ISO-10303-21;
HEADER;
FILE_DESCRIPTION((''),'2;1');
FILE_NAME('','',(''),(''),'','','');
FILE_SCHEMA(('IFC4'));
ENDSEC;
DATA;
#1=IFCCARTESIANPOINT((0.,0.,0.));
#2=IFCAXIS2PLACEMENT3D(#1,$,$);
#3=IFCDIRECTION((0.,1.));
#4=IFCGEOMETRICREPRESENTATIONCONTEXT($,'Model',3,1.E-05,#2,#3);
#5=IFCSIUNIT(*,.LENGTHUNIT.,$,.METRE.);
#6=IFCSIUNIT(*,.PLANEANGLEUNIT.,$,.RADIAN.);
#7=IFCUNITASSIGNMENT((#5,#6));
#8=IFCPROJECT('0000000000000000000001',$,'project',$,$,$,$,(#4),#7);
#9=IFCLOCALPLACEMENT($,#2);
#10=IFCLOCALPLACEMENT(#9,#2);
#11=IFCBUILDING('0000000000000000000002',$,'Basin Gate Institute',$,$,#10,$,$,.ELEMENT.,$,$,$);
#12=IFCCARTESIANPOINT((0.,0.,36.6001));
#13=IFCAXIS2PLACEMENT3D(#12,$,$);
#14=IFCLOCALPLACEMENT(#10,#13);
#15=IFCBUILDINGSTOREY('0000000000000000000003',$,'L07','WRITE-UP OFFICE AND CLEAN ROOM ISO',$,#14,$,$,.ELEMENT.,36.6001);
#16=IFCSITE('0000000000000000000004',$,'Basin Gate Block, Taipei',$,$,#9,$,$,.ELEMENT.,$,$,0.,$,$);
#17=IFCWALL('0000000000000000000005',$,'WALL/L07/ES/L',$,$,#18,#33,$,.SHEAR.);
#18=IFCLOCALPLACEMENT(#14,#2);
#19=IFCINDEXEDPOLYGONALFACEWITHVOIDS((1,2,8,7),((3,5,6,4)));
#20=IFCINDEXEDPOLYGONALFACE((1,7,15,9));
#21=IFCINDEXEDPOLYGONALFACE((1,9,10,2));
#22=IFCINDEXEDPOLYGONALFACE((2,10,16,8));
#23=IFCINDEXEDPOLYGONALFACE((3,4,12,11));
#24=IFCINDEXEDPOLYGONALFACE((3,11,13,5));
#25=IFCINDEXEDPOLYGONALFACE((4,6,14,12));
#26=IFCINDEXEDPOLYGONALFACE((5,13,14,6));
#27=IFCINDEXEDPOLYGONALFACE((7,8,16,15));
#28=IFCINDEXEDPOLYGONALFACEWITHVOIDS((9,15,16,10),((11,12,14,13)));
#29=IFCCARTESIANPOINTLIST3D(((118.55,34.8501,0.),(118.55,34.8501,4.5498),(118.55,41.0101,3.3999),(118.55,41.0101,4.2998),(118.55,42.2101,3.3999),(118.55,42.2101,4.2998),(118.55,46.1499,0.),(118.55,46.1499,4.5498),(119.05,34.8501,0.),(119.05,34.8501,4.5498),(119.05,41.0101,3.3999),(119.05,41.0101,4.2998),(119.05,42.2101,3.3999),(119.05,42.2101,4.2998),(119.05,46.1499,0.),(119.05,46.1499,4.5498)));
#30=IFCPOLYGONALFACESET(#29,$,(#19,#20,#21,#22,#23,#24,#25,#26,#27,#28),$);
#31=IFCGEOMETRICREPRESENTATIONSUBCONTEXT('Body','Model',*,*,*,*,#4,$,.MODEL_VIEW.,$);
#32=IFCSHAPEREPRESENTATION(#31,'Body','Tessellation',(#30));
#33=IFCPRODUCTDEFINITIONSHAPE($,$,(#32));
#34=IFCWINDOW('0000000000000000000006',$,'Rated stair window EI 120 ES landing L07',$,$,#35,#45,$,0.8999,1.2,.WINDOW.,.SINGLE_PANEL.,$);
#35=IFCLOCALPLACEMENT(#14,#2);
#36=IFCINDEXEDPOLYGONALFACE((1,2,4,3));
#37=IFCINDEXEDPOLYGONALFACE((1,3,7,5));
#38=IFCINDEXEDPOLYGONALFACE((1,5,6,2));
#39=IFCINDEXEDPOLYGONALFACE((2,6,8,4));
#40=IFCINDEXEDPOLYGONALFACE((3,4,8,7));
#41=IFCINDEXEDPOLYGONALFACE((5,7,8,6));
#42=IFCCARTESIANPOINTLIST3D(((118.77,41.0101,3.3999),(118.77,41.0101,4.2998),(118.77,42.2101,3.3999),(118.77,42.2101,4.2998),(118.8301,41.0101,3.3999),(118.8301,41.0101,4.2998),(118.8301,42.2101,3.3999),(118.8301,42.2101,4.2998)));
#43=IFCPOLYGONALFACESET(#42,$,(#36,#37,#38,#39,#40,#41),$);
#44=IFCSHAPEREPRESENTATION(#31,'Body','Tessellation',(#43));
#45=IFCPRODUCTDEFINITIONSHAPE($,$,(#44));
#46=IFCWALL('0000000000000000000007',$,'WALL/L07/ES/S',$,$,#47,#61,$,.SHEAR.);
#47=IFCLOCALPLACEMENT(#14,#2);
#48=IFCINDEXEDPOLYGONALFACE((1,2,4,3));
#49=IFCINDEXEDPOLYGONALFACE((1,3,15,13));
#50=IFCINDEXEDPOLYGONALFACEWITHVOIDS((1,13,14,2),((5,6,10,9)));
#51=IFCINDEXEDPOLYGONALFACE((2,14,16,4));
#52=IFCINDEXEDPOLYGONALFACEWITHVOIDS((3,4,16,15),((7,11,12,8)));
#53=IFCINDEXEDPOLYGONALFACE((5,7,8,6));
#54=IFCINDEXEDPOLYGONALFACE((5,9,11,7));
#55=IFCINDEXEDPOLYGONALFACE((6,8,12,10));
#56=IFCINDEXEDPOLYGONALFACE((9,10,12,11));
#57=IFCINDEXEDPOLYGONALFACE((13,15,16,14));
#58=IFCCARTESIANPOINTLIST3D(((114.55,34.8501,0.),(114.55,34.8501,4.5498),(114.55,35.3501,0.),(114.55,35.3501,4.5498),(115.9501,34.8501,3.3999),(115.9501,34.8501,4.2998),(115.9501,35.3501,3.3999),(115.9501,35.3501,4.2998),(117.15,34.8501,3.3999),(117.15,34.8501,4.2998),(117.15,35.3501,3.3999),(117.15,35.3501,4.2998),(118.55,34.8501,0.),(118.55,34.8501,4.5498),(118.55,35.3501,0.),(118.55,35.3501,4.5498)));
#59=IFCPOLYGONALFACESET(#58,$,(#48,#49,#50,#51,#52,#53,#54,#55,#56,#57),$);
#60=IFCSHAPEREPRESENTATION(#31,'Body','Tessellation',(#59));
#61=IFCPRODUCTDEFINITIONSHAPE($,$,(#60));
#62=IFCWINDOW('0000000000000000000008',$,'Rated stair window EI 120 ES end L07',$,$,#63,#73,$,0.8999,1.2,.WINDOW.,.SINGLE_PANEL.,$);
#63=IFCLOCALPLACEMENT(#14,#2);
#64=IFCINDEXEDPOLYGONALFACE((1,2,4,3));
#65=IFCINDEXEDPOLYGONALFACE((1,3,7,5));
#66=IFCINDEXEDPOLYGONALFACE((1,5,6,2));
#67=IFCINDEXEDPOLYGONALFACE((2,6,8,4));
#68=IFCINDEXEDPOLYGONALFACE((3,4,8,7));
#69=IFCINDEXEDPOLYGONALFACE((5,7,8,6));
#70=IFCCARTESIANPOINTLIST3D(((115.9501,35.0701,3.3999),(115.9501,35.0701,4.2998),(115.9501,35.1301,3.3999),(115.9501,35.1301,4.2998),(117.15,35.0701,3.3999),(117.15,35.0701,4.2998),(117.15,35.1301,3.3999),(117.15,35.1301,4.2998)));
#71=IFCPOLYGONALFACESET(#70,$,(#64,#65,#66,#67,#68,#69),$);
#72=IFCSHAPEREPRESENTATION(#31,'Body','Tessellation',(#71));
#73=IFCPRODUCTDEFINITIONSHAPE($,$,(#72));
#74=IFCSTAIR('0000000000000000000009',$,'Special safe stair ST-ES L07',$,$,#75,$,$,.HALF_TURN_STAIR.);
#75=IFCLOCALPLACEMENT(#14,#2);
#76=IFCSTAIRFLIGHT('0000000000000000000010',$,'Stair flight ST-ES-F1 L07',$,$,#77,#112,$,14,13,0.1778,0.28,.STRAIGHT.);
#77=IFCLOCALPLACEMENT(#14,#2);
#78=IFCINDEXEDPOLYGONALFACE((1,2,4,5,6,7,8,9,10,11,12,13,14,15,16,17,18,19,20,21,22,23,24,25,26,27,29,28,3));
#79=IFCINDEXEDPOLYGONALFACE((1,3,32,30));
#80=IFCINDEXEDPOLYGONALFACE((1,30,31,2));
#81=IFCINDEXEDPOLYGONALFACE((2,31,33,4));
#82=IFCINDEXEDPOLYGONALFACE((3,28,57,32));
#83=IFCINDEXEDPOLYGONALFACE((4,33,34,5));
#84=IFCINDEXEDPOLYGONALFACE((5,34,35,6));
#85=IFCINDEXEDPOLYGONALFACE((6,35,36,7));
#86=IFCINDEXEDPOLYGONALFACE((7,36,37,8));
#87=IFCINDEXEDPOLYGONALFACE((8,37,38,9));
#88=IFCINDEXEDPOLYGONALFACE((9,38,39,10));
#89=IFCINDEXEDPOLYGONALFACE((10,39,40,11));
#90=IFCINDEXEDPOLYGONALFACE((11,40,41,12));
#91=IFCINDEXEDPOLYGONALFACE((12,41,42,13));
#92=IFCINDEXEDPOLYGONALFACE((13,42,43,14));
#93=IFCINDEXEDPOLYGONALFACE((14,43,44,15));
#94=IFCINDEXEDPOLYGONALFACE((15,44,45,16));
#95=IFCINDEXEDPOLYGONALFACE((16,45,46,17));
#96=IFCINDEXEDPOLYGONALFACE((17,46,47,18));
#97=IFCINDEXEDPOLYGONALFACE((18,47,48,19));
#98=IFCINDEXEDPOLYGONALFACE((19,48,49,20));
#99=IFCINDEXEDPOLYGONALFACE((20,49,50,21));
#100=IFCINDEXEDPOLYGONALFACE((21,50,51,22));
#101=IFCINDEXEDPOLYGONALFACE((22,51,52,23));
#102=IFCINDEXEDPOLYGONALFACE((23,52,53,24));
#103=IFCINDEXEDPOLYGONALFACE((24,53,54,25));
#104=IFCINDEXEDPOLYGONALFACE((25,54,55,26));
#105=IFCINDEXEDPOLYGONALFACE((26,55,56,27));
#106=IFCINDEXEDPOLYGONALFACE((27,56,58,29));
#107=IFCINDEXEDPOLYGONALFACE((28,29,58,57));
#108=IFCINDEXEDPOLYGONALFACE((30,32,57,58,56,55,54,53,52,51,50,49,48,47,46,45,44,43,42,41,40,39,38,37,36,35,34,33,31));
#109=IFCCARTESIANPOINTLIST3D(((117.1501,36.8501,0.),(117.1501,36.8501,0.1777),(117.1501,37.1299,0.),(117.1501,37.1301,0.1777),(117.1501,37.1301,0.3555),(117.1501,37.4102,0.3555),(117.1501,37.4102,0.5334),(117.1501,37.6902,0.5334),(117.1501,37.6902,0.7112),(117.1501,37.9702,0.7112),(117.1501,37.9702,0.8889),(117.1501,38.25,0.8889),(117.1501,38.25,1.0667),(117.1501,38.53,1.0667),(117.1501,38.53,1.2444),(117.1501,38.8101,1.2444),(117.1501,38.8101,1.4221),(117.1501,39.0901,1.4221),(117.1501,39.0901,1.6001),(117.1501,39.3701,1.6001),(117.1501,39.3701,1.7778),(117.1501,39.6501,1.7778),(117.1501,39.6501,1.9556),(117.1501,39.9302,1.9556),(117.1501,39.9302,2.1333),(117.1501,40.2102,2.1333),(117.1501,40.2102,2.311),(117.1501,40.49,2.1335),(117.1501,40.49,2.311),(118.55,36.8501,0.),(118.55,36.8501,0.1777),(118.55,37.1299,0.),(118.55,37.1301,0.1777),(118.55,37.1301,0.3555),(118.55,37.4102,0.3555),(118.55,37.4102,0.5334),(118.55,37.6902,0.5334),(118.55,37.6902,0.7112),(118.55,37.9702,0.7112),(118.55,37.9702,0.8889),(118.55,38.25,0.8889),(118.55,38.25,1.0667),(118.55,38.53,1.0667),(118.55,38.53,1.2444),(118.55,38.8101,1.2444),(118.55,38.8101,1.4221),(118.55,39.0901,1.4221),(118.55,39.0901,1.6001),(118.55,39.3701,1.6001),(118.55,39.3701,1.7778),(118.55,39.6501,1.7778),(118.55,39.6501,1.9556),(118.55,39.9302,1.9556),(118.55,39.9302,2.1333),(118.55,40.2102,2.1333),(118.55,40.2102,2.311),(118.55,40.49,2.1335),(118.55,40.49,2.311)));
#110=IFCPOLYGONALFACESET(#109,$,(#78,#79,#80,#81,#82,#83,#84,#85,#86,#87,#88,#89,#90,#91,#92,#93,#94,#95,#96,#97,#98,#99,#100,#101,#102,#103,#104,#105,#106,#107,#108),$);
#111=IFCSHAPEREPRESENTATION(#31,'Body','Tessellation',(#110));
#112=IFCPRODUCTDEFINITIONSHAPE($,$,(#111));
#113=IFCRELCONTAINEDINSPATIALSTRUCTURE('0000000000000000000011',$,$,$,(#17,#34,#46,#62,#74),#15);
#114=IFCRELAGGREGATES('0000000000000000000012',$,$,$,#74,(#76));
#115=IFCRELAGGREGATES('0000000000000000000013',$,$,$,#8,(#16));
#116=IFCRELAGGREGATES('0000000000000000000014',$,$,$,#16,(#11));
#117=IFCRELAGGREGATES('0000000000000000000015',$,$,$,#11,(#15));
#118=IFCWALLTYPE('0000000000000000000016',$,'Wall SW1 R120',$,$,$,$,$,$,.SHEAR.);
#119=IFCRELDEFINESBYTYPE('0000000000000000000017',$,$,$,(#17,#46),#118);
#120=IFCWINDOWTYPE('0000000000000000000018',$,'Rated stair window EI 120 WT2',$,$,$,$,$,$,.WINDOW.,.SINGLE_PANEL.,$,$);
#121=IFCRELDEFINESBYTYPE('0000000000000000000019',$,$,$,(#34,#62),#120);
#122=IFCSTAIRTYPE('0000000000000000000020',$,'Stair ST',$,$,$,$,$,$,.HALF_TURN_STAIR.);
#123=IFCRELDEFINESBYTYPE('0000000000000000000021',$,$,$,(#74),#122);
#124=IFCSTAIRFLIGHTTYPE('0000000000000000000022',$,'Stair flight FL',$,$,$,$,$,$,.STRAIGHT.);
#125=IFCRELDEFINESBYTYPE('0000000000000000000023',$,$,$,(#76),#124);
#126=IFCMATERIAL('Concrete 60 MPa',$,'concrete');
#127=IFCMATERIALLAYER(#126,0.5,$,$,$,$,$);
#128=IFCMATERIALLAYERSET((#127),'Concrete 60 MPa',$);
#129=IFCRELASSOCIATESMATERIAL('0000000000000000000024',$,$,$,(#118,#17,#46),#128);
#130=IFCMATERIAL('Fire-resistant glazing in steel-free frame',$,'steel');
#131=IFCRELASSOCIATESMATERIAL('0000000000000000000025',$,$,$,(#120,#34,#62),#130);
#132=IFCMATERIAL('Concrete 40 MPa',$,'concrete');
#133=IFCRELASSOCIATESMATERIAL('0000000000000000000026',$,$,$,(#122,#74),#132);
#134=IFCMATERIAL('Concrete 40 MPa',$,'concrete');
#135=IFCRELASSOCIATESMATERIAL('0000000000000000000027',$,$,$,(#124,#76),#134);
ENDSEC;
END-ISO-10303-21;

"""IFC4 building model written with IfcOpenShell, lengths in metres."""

from ifc_helpers import new_model, si_unit, direction, frame, frame_2d, origin, place, context, subcontext, project, spatial, polyline, rectangle, outline, extrude, material, layer, layer_set, type_object, element, fill, aggregate, save


model = new_model("IFC4")

# Units and contexts
model_context = context("Model", 3, precision=1e-05, world=origin(), true_north=direction((0.0, 1.0)))
body_context = subcontext(model_context, "Body", "Model", "MODEL_VIEW")
ifc_project = project(units=[si_unit("LENGTHUNIT", "METRE"), si_unit("PLANEANGLEUNIT", "RADIAN")], contexts=[model_context])

# Site, building, storey
site_placement = place(None, origin())
site = spatial("IfcSite", under=ifc_project, at=site_placement, Name="Basin Gate Block, Taipei", CompositionType="ELEMENT", RefElevation=0.0)
building_placement = place(site_placement, origin())
building = spatial("IfcBuilding", under=site, at=building_placement, Name="Basin Gate Institute", CompositionType="ELEMENT")
storey_placement = place(building_placement, frame((0.0, 0.0, 36.6001)))
storey = spatial("IfcBuildingStorey", under=building, at=storey_placement, Name="L07", Description="WRITE-UP OFFICE AND CLEAN ROOM ISO", CompositionType="ELEMENT", Elevation=36.6001)

# Walls, openings, windows
ifc_material_1 = material(Name="Concrete 60 MPa", Category="concrete")
ifc_layer_1 = layer(ifc_material_1, 0.5)
ifc_layer_set_1 = layer_set([ifc_layer_1], Name="Concrete 60 MPa")
wall_type_1 = type_object("IfcWallType", Name="Wall SW1 R120", PredefinedType="SHEAR", material=ifc_layer_set_1)
wall_1_placement = place(storey_placement, frame((118.8, 34.8501, 0.0), z_axis=(0.0, 0.0, 1.0), x_axis=(0.0, 1.0, 0.0)))
wall_1 = element("IfcWall", 1, at=wall_1_placement, inside=storey, type_object=wall_type_1, material=ifc_layer_set_1, Name="WALL/L07/ES/L", PredefinedType="SHEAR", context=body_context, shape_type="SweptSolid", body=[
    extrude(rectangle(XDim=11.2998, YDim=0.5, at=frame_2d((5.6499, 0.0))), origin(), (0.0, 0.0, 1.0), 4.5498),
])
opening_1_placement = place(wall_1_placement, frame((6.1599, 0.0, 3.3999)))
opening_1 = element("IfcOpeningElement", 2, at=opening_1_placement, cuts=wall_1, PredefinedType="OPENING", context=body_context, shape_type="SweptSolid", body=[
    extrude(rectangle(XDim=1.2, YDim=0.8999, at=frame_2d((0.6001, 0.45))), frame((0.0, 0.26, 0.0), z_axis=(0.0, -1.0, 0.0), x_axis=(1.0, 0.0, 0.0)), (0.0, 0.0, 1.0), 0.52),
])
ifc_material_2 = material(Name="Fire-resistant glazing in steel-free frame", Category="steel")
window_type_1 = type_object("IfcWindowType", Name="Rated stair window EI 120 WT2", PartitioningType="SINGLE_PANEL", PredefinedType="WINDOW", material=ifc_material_2)
window_1_placement = place(opening_1_placement, origin())
window_1 = element("IfcWindow", 3, at=window_1_placement, inside=storey, type_object=window_type_1, material=ifc_material_2, Name="Rated stair window EI 120 ES landing L07", OverallHeight=0.8999, OverallWidth=1.2, PartitioningType="SINGLE_PANEL", PredefinedType="WINDOW", context=body_context, shape_type="SweptSolid", body=[
    extrude(rectangle(XDim=1.2, YDim=0.8999, at=frame_2d((0.6001, 0.45))), frame((0.0, 0.03, 0.0), z_axis=(0.0, -1.0, 0.0), x_axis=(1.0, 0.0, 0.0)), (0.0, 0.0, 1.0), 0.0601),
])
fill(opening_1, window_1)
wall_2_placement = place(storey_placement, frame((118.55, 35.1001, 0.0), z_axis=(0.0, 0.0, 1.0), x_axis=(-1.0, 0.0, 0.0)))
wall_2 = element("IfcWall", 4, at=wall_2_placement, inside=storey, type_object=wall_type_1, material=ifc_layer_set_1, Name="WALL/L07/ES/S", PredefinedType="SHEAR", context=body_context, shape_type="SweptSolid", body=[
    extrude(rectangle(XDim=4.0, YDim=0.5, at=frame_2d((2.0, 0.0))), origin(), (0.0, 0.0, 1.0), 4.5498),
])
opening_2_placement = place(wall_2_placement, frame((1.3999, 0.0, 3.3999)))
opening_2 = element("IfcOpeningElement", 5, at=opening_2_placement, cuts=wall_2, PredefinedType="OPENING", context=body_context, shape_type="SweptSolid", body=[
    extrude(rectangle(XDim=1.2, YDim=0.8999, at=frame_2d((0.6001, 0.45))), frame((0.0, 0.26, 0.0), z_axis=(0.0, -1.0, 0.0), x_axis=(1.0, 0.0, 0.0)), (0.0, 0.0, 1.0), 0.52),
])
window_2_placement = place(opening_2_placement, origin())
window_2 = element("IfcWindow", 6, at=window_2_placement, inside=storey, type_object=window_type_1, material=ifc_material_2, Name="Rated stair window EI 120 ES end L07", OverallHeight=0.8999, OverallWidth=1.2, PartitioningType="SINGLE_PANEL", PredefinedType="WINDOW", context=body_context, shape_type="SweptSolid", body=[
    extrude(rectangle(XDim=1.2, YDim=0.8999, at=frame_2d((0.6001, 0.45))), frame((0.0, 0.03, 0.0), z_axis=(0.0, -1.0, 0.0), x_axis=(1.0, 0.0, 0.0)), (0.0, 0.0, 1.0), 0.0601),
])
fill(opening_2, window_2)

# Stair, stair flight
ifc_material_3 = material(Name="Concrete 40 MPa", Category="concrete")
stair_type = type_object("IfcStairType", Name="Stair ST", PredefinedType="HALF_TURN_STAIR", material=ifc_material_3)
stair_placement = place(storey_placement, origin())
stair = element("IfcStair", 7, at=stair_placement, inside=storey, type_object=stair_type, material=ifc_material_3, Name="Special safe stair ST-ES L07", PredefinedType="HALF_TURN_STAIR")
ifc_material_4 = material(Name="Concrete 40 MPa", Category="concrete")
stair_flight_type = type_object("IfcStairFlightType", Name="Stair flight FL", PredefinedType="STRAIGHT", material=ifc_material_4)
stair_flight_placement = place(storey_placement, frame((117.8501, 36.8501, 0.0), z_axis=(0.0, 0.0, 1.0), x_axis=(0.0, 1.0, 0.0)))
stair_flight = element("IfcStairFlight", 8, at=stair_flight_placement, type_object=stair_flight_type, material=ifc_material_4, Name="Stair flight ST-ES-F1 L07", NumberOfRisers=14, NumberOfTreads=13, PredefinedType="STRAIGHT", RiserHeight=0.1778, TreadLength=0.28, context=body_context, shape_type="SweptSolid", body=[
    extrude(outline(polyline([(0.0, 0.0), (0.0, 0.1777), (0.28, 0.1777), (0.28, 0.3555), (0.5601, 0.3555), (0.5601, 0.5334), (0.8401, 0.5334), (0.8401, 0.7112), (1.1201, 0.7112), (1.1201, 0.8889), (1.3999, 0.8889), (1.3999, 1.0667), (1.6799, 1.0667), (1.6799, 1.2444), (1.96, 1.2444), (1.96, 1.4221), (2.24, 1.4221), (2.24, 1.6001), (2.52, 1.6001), (2.52, 1.7778), (2.8, 1.7778), (2.8, 1.9556), (3.0801, 1.9556), (3.0801, 2.1333), (3.3601, 2.1333), (3.3601, 2.311), (3.6399, 2.311), (3.6399, 2.4888), (3.6399, 2.1335), (0.2798, 0.0), (0.0, 0.0)])), frame((0.0, 0.7, 0.0), z_axis=(0.0, -1.0, 0.0), x_axis=(1.0, 0.0, 0.0)), (0.0, 0.0, 1.0), 1.3999),
])
aggregate(stair, [stair_flight])

save(model, "model.ifc")
